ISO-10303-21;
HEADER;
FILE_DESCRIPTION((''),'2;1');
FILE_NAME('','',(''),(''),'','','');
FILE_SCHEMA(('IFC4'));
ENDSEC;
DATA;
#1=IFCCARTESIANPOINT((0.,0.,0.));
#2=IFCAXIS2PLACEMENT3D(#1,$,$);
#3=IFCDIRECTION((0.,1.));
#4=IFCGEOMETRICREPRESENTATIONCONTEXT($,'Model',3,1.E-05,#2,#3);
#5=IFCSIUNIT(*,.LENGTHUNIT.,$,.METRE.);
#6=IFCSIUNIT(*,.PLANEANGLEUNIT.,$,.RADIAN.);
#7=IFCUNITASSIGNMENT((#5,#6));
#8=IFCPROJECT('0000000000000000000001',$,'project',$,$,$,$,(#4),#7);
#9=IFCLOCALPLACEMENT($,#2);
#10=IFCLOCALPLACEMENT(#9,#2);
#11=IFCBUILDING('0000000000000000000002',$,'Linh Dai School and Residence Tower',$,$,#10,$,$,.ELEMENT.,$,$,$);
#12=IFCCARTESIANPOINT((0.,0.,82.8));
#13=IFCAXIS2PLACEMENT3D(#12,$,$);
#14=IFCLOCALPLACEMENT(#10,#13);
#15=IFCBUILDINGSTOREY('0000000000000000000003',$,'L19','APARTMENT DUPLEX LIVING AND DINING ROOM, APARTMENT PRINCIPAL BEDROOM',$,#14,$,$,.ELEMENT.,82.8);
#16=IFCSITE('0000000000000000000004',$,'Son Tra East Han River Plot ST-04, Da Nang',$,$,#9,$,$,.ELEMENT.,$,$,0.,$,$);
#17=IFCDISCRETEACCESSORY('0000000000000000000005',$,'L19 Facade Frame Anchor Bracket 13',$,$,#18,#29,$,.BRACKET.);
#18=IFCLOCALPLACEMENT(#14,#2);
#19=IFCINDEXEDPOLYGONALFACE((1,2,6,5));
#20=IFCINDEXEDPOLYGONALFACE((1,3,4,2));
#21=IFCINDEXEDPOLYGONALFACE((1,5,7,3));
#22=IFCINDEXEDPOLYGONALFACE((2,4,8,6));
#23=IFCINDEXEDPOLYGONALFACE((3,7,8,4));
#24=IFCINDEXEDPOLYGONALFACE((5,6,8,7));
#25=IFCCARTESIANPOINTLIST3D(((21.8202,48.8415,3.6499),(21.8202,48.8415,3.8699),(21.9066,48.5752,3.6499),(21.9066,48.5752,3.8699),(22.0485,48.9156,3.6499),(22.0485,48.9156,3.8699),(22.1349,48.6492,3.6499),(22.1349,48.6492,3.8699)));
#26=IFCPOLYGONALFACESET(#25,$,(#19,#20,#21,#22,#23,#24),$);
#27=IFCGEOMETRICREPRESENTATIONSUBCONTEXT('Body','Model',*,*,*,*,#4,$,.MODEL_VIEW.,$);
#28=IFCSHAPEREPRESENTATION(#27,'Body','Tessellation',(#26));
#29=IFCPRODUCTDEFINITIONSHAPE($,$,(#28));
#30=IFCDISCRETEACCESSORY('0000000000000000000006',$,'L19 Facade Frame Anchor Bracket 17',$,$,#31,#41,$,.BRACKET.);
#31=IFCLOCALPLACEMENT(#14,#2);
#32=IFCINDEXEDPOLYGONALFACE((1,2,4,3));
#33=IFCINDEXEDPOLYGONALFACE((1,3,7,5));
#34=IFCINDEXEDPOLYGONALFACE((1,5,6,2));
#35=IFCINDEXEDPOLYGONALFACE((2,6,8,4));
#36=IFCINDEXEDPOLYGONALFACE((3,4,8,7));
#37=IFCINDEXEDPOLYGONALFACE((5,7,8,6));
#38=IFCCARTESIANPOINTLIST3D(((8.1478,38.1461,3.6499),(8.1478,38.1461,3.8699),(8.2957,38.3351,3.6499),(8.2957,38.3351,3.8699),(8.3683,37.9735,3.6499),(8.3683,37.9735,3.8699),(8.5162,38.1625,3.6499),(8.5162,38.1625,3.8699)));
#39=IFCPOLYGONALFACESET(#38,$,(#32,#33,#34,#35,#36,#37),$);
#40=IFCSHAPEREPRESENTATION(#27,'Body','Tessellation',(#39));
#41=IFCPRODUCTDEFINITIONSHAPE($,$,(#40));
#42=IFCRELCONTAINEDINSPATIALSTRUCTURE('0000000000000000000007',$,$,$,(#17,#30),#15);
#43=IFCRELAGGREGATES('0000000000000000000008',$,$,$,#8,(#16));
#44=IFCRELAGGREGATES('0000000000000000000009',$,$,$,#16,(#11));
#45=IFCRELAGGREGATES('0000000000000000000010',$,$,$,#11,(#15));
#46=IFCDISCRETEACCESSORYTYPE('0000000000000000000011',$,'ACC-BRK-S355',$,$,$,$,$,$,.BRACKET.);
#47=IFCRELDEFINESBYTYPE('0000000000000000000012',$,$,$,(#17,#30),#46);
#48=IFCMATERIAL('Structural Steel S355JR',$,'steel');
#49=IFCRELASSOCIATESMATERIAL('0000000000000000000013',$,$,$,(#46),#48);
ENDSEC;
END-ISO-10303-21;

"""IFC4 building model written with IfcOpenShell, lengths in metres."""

from ifc_helpers import new_model, si_unit, direction, frame, origin, origin_2d, place, context, subcontext, project, spatial, rectangle, extrude, source, transform, mapped, material, type_object, element, save


model = new_model("IFC4")

# Units and contexts
model_context = context("Model", 3, precision=1e-05, world=origin(), true_north=direction((0.0, 1.0)))
body_context = subcontext(model_context, "Body", "Model", "MODEL_VIEW")
ifc_project = project(units=[si_unit("LENGTHUNIT", "METRE"), si_unit("PLANEANGLEUNIT", "RADIAN")], contexts=[model_context])

# Site, building, storey
site_placement = place(None, origin())
site = spatial("IfcSite", under=ifc_project, at=site_placement, Name="Son Tra East Han River Plot ST-04, Da Nang", CompositionType="ELEMENT", RefElevation=0.0)
building_placement = place(site_placement, origin())
building = spatial("IfcBuilding", under=site, at=building_placement, Name="Linh Dai School and Residence Tower", CompositionType="ELEMENT")
storey_placement = place(building_placement, frame((0.0, 0.0, 82.8)))
storey = spatial("IfcBuildingStorey", under=building, at=storey_placement, Name="L19", Description="APARTMENT DUPLEX LIVING AND DINING ROOM, APARTMENT PRINCIPAL BEDROOM", CompositionType="ELEMENT", Elevation=82.8)

# Shared definitions
ifc_material_1 = material(Name="Structural Steel S355JR", Category="steel")

# Discrete accessories
discrete_accessory_type = type_object("IfcDiscreteAccessoryType", Name="ACC-BRK-S355", PredefinedType="BRACKET", material=ifc_material_1)
shared_shape_1 = source(origin(), body_context, "Body", "SweptSolid", [
    extrude(rectangle(XDim=0.28, YDim=0.24, at=origin_2d()), origin(), (0.0, 0.0, 1.0), 0.22),
])
for number, where, z_axis, x_axis, name in (
    (1, (21.9775, 48.7454, 3.6499), (0.0, 0.0, 1.0), (-0.308511, 0.951221, 0.0), "L19 Facade Frame Anchor Bracket 13"),
    (2, (8.332, 38.1543, 3.6499), (0.0, 0.0, 1.0), (-0.787496, 0.616319, 0.0), "L19 Facade Frame Anchor Bracket 17"),
):
    element("IfcDiscreteAccessory", number, at=place(storey_placement, frame(where, z_axis=z_axis, x_axis=x_axis)), inside=storey, type_object=discrete_accessory_type, Name=name, PredefinedType="BRACKET", context=body_context, shape_type="MappedRepresentation", body=[
        mapped(shared_shape_1, transform((0.0, 0.0, 0.0), x_axis=(1.0, 0.0, 0.0), y_axis=(0.0, 1.0, 0.0), z_axis=(0.0, 0.0, 1.0), scale=1.0)),
    ])

save(model, "model.ifc")
